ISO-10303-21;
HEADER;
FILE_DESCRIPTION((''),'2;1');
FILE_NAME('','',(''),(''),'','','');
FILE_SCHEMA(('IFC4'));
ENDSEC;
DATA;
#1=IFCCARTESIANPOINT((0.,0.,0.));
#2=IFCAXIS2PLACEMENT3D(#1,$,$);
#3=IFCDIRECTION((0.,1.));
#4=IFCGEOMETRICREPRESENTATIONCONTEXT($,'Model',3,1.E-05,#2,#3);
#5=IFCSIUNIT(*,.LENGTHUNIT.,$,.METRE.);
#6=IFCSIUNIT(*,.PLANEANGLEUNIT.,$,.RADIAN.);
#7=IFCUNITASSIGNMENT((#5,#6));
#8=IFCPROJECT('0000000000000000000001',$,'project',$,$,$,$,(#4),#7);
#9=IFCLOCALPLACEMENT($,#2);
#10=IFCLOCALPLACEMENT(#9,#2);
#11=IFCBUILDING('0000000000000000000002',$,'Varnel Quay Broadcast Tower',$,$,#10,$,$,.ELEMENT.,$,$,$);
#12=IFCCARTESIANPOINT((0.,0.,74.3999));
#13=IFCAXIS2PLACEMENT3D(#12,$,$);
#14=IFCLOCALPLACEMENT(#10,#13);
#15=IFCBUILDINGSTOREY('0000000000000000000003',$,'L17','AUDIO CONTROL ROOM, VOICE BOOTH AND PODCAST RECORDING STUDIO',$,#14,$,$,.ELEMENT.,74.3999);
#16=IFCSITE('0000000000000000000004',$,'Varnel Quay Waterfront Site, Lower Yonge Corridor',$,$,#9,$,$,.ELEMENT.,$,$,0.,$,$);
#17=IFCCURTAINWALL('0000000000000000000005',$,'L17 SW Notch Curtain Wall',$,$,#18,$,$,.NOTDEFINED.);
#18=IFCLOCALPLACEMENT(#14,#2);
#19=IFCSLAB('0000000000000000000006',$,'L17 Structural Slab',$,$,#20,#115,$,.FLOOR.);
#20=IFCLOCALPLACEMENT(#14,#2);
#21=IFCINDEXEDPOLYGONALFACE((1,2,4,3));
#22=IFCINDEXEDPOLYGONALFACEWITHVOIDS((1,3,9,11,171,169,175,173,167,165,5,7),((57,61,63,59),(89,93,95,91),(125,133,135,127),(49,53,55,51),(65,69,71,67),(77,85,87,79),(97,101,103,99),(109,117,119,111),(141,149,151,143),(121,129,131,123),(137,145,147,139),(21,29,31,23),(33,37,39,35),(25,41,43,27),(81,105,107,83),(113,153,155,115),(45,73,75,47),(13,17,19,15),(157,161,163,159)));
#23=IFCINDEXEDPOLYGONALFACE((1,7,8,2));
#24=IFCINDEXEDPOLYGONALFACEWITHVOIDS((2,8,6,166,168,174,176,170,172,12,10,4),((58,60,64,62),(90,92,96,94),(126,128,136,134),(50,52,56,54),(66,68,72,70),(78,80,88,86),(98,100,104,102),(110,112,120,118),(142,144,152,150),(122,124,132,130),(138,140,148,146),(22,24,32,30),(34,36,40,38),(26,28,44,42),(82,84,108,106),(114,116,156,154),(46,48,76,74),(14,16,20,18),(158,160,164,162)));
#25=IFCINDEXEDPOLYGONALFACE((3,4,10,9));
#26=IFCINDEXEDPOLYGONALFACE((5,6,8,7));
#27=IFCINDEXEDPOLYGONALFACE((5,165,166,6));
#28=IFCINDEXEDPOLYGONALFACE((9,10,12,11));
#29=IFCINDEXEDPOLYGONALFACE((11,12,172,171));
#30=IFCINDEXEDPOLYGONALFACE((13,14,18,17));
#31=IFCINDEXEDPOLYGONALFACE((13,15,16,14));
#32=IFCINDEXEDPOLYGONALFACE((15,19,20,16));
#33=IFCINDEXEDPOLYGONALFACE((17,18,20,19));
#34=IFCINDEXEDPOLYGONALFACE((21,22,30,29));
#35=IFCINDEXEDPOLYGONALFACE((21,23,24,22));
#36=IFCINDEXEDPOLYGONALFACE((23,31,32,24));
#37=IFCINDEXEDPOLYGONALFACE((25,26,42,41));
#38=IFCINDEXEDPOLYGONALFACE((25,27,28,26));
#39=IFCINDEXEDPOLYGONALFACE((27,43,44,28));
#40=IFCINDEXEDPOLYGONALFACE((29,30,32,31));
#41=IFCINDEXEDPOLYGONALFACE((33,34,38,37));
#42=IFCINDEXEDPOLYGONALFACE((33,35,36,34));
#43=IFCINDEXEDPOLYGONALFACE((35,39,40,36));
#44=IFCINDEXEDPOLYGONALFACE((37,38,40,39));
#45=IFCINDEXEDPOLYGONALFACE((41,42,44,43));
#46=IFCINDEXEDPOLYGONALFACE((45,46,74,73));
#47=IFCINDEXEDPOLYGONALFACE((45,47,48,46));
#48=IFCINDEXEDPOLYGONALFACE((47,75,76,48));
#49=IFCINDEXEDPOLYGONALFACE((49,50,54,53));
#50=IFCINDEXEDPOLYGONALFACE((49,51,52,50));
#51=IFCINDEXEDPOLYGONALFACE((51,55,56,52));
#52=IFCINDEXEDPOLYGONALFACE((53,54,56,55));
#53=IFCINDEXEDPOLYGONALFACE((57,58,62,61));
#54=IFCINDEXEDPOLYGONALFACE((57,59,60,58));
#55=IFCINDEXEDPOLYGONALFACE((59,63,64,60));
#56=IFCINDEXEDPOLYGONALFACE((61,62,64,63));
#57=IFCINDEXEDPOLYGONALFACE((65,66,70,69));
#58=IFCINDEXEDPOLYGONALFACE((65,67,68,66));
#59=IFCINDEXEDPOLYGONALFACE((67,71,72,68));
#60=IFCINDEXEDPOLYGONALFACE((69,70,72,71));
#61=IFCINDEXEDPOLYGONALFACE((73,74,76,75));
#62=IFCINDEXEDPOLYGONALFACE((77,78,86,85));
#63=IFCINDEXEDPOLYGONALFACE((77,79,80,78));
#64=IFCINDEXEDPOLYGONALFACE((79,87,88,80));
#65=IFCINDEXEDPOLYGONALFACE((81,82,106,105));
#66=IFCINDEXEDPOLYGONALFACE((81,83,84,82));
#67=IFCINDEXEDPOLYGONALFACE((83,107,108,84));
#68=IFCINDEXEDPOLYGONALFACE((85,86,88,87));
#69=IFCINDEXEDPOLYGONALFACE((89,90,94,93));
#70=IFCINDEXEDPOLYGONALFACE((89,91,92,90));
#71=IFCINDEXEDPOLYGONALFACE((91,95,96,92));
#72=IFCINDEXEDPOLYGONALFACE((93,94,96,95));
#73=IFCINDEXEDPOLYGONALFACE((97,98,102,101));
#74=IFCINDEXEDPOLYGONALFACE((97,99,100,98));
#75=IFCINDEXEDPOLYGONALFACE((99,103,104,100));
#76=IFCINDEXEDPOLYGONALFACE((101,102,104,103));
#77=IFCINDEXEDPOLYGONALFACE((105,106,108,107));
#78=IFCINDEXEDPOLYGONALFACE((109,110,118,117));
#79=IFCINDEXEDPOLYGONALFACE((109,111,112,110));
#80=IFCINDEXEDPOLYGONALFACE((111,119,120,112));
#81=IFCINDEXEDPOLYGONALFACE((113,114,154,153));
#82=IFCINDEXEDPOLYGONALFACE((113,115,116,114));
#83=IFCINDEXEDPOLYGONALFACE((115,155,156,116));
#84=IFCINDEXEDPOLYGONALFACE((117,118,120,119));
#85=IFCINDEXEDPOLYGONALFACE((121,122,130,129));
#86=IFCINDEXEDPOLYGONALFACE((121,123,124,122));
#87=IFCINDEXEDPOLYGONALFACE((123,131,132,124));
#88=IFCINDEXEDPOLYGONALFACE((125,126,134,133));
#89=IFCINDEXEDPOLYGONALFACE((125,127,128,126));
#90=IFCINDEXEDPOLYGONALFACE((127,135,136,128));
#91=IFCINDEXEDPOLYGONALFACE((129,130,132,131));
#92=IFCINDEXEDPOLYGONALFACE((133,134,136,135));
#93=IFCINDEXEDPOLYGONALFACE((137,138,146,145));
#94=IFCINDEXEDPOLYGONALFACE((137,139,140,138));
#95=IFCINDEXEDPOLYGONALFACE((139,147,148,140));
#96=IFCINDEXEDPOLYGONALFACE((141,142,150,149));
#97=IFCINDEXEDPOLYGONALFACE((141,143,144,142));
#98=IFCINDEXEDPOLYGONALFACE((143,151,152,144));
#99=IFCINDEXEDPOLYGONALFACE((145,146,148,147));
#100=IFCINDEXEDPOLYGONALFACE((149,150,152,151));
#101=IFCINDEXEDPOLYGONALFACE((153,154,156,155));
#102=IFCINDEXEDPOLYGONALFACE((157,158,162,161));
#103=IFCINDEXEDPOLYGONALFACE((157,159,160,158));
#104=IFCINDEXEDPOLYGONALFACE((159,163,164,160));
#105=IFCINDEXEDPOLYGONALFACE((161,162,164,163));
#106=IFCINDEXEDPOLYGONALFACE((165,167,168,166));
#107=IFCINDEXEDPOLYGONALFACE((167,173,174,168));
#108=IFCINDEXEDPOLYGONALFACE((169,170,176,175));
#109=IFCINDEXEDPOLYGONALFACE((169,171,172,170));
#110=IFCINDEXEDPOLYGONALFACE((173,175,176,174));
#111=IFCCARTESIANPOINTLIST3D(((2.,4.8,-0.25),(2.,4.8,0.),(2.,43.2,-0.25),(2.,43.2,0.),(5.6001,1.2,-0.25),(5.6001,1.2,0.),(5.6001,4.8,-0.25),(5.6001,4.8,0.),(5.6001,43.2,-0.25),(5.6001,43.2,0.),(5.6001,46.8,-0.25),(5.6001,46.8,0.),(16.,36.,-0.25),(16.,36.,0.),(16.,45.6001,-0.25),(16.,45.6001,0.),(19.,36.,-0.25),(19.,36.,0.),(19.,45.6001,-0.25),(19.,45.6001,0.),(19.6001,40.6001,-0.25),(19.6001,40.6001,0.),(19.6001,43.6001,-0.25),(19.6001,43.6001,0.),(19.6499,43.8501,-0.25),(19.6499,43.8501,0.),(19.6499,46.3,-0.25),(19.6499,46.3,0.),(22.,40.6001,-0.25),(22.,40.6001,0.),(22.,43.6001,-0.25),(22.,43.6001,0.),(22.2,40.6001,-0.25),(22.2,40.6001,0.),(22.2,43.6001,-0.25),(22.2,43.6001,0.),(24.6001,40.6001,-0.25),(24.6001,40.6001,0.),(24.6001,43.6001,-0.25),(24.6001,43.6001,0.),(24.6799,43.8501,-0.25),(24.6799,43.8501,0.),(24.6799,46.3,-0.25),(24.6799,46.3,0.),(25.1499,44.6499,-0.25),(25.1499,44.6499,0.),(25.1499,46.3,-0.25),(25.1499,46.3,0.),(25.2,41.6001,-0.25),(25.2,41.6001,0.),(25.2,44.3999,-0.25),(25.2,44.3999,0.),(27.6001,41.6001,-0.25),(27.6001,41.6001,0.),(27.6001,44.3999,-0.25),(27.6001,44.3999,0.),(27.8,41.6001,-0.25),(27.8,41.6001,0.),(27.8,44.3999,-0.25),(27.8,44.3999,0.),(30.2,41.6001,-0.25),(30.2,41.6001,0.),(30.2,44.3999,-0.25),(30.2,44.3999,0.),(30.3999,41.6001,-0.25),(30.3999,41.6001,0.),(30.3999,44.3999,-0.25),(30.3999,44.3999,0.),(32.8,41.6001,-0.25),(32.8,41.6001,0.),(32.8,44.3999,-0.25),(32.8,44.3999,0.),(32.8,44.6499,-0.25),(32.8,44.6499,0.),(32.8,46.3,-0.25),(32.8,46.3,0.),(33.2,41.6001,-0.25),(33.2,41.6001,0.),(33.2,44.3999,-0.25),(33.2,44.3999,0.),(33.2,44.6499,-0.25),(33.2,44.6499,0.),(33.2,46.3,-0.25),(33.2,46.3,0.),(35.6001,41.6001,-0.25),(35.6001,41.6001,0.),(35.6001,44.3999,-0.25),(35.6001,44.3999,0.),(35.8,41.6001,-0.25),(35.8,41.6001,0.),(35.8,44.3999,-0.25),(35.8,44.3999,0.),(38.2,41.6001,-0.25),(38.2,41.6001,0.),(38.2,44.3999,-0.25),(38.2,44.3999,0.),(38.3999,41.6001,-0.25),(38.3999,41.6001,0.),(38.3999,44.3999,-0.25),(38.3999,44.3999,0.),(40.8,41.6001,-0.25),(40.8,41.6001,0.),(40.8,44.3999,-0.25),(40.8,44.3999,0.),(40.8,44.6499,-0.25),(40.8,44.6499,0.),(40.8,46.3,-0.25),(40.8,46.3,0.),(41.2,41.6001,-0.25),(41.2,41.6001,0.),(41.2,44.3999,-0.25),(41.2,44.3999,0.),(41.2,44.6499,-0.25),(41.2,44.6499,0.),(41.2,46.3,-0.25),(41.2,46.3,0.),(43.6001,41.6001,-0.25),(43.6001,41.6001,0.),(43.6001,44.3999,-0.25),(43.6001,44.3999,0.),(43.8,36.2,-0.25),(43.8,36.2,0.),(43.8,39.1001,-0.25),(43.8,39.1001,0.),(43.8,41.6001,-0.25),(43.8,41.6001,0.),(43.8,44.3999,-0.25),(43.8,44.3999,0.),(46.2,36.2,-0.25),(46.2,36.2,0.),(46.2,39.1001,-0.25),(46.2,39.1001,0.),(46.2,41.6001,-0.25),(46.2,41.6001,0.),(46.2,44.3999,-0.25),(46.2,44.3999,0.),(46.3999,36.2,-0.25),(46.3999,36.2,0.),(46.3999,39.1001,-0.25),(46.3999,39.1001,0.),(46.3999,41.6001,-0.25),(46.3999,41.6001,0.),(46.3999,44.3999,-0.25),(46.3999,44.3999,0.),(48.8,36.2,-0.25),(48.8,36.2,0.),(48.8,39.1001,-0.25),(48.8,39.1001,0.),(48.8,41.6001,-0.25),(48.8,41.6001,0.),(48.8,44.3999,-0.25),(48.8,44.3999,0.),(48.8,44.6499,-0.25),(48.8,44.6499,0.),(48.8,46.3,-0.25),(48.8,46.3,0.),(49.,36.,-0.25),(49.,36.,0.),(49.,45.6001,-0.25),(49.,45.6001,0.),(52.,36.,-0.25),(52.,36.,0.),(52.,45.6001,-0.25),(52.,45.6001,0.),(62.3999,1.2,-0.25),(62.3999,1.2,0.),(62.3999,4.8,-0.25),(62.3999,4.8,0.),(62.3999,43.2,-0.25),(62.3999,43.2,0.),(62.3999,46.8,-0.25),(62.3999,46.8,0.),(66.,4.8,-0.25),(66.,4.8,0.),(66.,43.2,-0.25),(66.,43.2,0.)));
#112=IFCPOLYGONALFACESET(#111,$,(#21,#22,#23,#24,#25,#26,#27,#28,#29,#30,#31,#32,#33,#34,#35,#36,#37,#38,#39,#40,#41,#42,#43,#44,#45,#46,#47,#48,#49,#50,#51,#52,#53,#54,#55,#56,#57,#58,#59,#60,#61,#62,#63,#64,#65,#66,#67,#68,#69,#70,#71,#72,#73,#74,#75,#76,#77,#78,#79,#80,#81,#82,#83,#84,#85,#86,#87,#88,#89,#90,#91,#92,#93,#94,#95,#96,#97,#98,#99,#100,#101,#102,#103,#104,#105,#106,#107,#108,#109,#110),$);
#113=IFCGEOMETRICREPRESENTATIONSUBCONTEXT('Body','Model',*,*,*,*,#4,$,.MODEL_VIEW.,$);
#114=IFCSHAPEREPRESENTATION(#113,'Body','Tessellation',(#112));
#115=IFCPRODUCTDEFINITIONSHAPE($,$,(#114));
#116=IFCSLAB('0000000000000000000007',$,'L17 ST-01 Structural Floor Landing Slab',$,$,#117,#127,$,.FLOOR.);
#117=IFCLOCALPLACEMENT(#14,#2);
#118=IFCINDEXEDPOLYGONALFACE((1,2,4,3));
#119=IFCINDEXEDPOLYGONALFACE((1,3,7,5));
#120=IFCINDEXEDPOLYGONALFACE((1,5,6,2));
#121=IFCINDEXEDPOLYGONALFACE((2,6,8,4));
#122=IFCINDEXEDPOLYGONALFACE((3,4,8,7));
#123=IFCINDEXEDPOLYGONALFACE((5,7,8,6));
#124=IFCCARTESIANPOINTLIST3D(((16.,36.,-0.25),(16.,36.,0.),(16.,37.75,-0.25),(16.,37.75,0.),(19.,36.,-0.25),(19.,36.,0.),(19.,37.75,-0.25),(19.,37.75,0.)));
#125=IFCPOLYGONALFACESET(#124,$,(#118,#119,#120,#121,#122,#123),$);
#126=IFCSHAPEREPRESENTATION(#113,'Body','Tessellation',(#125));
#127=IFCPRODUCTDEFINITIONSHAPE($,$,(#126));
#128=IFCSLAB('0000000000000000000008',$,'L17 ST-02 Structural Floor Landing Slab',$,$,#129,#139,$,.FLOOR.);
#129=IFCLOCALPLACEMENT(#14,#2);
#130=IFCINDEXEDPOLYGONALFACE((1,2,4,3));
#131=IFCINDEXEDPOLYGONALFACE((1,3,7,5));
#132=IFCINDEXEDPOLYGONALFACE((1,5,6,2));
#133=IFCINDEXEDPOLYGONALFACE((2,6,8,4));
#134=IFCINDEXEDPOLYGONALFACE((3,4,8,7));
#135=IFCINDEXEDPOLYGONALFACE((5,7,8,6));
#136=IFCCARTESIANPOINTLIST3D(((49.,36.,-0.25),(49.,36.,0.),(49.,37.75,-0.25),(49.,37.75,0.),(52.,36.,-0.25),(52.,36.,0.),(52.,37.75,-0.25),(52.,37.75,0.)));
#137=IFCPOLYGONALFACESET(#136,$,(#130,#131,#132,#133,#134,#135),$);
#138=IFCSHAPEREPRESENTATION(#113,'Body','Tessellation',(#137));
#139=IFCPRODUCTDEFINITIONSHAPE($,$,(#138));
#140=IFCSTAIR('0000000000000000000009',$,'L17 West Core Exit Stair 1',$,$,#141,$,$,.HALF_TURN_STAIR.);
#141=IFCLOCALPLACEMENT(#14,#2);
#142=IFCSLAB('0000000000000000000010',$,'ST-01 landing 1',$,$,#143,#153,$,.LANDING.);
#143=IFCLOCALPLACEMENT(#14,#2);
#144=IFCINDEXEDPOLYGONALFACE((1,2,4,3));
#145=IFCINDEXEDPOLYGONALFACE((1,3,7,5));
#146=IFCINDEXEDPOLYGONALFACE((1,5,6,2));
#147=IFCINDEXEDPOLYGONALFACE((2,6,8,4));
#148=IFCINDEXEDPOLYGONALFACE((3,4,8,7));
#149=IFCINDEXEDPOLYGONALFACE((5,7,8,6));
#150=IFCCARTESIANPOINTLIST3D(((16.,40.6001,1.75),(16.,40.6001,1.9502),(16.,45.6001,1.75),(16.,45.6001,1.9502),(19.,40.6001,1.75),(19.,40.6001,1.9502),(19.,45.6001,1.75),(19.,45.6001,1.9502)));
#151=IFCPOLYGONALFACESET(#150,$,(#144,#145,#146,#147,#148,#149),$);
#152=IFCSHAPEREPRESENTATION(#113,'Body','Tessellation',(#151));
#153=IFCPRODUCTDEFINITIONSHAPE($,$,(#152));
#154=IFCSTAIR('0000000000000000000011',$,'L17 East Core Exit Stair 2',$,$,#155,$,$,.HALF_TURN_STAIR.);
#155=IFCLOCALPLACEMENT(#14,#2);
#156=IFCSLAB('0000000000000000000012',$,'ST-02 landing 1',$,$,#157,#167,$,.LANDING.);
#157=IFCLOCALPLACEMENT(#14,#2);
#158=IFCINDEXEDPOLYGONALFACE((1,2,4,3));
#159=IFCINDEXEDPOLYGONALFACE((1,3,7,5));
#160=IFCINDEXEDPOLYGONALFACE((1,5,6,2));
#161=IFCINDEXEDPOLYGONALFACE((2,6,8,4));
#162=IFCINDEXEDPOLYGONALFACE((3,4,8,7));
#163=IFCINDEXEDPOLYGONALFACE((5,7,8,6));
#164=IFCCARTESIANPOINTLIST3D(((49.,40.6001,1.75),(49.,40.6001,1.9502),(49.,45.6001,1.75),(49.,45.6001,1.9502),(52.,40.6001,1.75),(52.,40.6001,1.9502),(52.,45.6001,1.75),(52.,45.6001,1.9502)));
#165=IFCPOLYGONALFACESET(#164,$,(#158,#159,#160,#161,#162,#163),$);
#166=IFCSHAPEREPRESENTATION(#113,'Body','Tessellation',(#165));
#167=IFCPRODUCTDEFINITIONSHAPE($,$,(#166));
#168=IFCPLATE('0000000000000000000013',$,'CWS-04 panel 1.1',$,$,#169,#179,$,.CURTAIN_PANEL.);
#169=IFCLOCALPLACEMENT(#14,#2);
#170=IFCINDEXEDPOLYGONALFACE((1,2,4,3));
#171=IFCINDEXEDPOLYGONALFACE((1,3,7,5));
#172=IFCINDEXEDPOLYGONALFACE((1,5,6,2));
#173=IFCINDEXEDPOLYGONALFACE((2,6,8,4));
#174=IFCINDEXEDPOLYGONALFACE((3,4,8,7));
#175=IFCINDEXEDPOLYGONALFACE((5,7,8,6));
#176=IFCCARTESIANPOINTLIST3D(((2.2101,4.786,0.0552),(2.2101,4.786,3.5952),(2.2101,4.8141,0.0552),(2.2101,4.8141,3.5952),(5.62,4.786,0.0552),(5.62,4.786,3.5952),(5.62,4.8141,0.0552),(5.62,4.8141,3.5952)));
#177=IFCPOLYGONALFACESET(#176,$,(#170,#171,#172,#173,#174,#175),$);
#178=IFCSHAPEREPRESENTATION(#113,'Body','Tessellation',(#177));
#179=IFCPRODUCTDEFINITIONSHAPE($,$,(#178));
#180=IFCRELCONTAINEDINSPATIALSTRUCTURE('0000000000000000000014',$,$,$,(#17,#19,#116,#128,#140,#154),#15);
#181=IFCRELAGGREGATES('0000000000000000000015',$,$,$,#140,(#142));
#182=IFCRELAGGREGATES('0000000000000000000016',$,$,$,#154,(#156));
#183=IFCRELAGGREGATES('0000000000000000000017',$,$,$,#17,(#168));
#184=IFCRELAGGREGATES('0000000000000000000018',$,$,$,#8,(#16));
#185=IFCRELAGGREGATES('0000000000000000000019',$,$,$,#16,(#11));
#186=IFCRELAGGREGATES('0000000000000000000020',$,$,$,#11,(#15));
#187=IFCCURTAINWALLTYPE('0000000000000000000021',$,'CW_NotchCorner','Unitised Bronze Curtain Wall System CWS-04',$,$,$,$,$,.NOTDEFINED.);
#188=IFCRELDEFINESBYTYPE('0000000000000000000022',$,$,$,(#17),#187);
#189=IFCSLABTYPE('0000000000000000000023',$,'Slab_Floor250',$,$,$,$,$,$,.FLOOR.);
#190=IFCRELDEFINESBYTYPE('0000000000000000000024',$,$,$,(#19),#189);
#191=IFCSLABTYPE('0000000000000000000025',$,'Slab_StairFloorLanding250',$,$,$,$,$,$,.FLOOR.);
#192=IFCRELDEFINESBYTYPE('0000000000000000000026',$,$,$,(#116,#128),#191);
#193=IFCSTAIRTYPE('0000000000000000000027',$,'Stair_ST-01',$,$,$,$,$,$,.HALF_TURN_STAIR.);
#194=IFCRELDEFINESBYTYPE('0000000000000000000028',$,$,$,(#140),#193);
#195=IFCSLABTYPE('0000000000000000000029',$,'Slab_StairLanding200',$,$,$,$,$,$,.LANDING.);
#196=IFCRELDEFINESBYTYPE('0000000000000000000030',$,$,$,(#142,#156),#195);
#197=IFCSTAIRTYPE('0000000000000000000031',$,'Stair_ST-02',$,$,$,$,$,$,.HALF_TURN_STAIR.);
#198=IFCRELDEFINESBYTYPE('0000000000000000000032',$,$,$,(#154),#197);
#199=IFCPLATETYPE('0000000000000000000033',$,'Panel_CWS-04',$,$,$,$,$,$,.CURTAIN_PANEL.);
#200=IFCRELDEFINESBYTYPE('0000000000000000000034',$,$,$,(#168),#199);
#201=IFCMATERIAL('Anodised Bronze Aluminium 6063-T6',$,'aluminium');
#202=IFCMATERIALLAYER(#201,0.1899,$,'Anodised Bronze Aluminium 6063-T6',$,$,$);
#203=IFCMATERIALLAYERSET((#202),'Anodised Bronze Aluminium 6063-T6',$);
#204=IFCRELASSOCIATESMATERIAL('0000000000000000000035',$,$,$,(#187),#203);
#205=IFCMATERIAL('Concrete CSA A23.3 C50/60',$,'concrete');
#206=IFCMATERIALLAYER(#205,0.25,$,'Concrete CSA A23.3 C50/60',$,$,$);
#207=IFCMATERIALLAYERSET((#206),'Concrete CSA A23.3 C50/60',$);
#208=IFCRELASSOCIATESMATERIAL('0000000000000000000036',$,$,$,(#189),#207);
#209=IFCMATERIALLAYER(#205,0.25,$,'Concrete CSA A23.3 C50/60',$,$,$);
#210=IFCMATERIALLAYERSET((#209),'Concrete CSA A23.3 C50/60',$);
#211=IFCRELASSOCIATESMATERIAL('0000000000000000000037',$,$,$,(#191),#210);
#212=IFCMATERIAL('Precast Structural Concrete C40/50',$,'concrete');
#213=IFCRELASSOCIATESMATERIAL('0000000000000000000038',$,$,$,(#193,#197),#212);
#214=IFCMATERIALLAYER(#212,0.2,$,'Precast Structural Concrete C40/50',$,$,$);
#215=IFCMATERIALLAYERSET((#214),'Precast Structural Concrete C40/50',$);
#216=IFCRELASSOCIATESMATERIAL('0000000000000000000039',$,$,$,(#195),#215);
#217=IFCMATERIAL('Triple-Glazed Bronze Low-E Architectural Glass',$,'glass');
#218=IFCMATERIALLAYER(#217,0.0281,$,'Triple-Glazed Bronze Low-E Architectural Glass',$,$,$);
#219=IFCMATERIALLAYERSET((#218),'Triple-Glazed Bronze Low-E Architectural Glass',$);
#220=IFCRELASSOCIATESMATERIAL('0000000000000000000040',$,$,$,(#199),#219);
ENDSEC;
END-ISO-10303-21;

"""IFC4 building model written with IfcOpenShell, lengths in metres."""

from ifc_helpers import new_model, si_unit, direction, frame, origin, origin_2d, place, context, subcontext, project, spatial, polyline, rectangle, outline, extrude, source, transform, mapped, material, layer, layer_set, type_object, type_shapes, element, aggregate, save


model = new_model("IFC4")

# Units and contexts
model_context = context("Model", 3, precision=1e-05, world=origin(), true_north=direction((0.0, 1.0)))
body_context = subcontext(model_context, "Body", "Model", "MODEL_VIEW")
ifc_project = project(units=[si_unit("LENGTHUNIT", "METRE"), si_unit("PLANEANGLEUNIT", "RADIAN")], contexts=[model_context])

# Site, building, storey
site_placement = place(None, origin())
site = spatial("IfcSite", under=ifc_project, at=site_placement, Name="Varnel Quay Waterfront Site, Lower Yonge Corridor", CompositionType="ELEMENT", RefElevation=0.0)
building_placement = place(site_placement, origin())
building = spatial("IfcBuilding", under=site, at=building_placement, Name="Varnel Quay Broadcast Tower", CompositionType="ELEMENT")
storey_placement = place(building_placement, frame((0.0, 0.0, 74.3999)))
storey = spatial("IfcBuildingStorey", under=building, at=storey_placement, Name="L17", Description="AUDIO CONTROL ROOM, VOICE BOOTH AND PODCAST RECORDING STUDIO", CompositionType="ELEMENT", Elevation=74.3999)

# Curtain wall
ifc_material_1 = material(Name="Anodised Bronze Aluminium 6063-T6", Category="aluminium")
ifc_layer_1 = layer(ifc_material_1, 0.1899, Name="Anodised Bronze Aluminium 6063-T6")
ifc_layer_set_1 = layer_set([ifc_layer_1], Name="Anodised Bronze Aluminium 6063-T6")
curtain_wall_type_1 = type_object("IfcCurtainWallType", Name="CW_NotchCorner", Description="Unitised Bronze Curtain Wall System CWS-04", PredefinedType="NOTDEFINED", material=ifc_layer_set_1)
curtain_wall_1_placement = place(storey_placement, origin())
curtain_wall_1 = element("IfcCurtainWall", 1, at=curtain_wall_1_placement, inside=storey, type_object=curtain_wall_type_1, Name="L17 SW Notch Curtain Wall", PredefinedType="NOTDEFINED")

# Slabs
ifc_material_2 = material(Name="Concrete CSA A23.3 C50/60", Category="concrete")
ifc_layer_2 = layer(ifc_material_2, 0.25, Name="Concrete CSA A23.3 C50/60")
ifc_layer_set_2 = layer_set([ifc_layer_2], Name="Concrete CSA A23.3 C50/60")
slab_type_1 = type_object("IfcSlabType", Name="Slab_Floor250", PredefinedType="FLOOR", material=ifc_layer_set_2)
slab_1_placement = place(storey_placement, frame((0.0, 0.0, -0.25)))
element("IfcSlab", 2, at=slab_1_placement, inside=storey, type_object=slab_type_1, Name="L17 Structural Slab", PredefinedType="FLOOR", context=body_context, shape_type="SweptSolid", body=[
    extrude(outline(polyline([(5.6001, 1.2), (62.3999, 1.2), (62.3999, 4.8), (66.0, 4.8), (66.0, 43.2), (62.3999, 43.2), (62.3999, 46.8), (5.6001, 46.8), (5.6001, 43.2), (2.0, 43.2), (2.0, 4.8), (5.6001, 4.8), (5.6001, 1.2)]), holes=[polyline([(16.0, 36.0), (16.0, 45.6001), (19.0, 45.6001), (19.0, 36.0), (16.0, 36.0)]), polyline([(19.6001, 43.6001), (22.0, 43.6001), (22.0, 40.6001), (19.6001, 40.6001), (19.6001, 43.6001)]), polyline([(22.2, 43.6001), (24.6001, 43.6001), (24.6001, 40.6001), (22.2, 40.6001), (22.2, 43.6001)]), polyline([(25.2, 44.3999), (27.6001, 44.3999), (27.6001, 41.6001), (25.2, 41.6001), (25.2, 44.3999)]), polyline([(27.8, 44.3999), (30.2, 44.3999), (30.2, 41.6001), (27.8, 41.6001), (27.8, 44.3999)]), polyline([(30.3999, 44.3999), (32.8, 44.3999), (32.8, 41.6001), (30.3999, 41.6001), (30.3999, 44.3999)]), polyline([(33.2, 44.3999), (35.6001, 44.3999), (35.6001, 41.6001), (33.2, 41.6001), (33.2, 44.3999)]), polyline([(38.2, 44.3999), (38.2, 41.6001), (35.8, 41.6001), (35.8, 44.3999), (38.2, 44.3999)]), polyline([(24.6799, 46.3), (24.6799, 43.8501), (19.6499, 43.8501), (19.6499, 46.3), (24.6799, 46.3)]), polyline([(25.1499, 46.3), (32.8, 46.3), (32.8, 44.6499), (25.1499, 44.6499), (25.1499, 46.3)]), polyline([(43.8, 39.1001), (46.2, 39.1001), (46.2, 36.2), (43.8, 36.2), (43.8, 39.1001)]), polyline([(46.3999, 39.1001), (48.8, 39.1001), (48.8, 36.2), (46.3999, 36.2), (46.3999, 39.1001)]), polyline([(49.0, 45.6001), (52.0, 45.6001), (52.0, 36.0), (49.0, 36.0), (49.0, 45.6001)]), polyline([(40.8, 44.3999), (40.8, 41.6001), (38.3999, 41.6001), (38.3999, 44.3999), (40.8, 44.3999)]), polyline([(41.2, 44.3999), (43.6001, 44.3999), (43.6001, 41.6001), (41.2, 41.6001), (41.2, 44.3999)]), polyline([(43.8, 44.3999), (46.2, 44.3999), (46.2, 41.6001), (43.8, 41.6001), (43.8, 44.3999)]), polyline([(46.3999, 44.3999), (48.8, 44.3999), (48.8, 41.6001), (46.3999, 41.6001), (46.3999, 44.3999)]), polyline([(40.8, 46.3), (40.8, 44.6499), (33.2, 44.6499), (33.2, 46.3), (40.8, 46.3)]), polyline([(48.8, 46.3), (48.8, 44.6499), (41.2, 44.6499), (41.2, 46.3), (48.8, 46.3)])]), origin(), (0.0, 0.0, 1.0), 0.25),
])
ifc_layer_3 = layer(ifc_material_2, 0.25, Name="Concrete CSA A23.3 C50/60")
ifc_layer_set_3 = layer_set([ifc_layer_3], Name="Concrete CSA A23.3 C50/60")
slab_type_2 = type_object("IfcSlabType", Name="Slab_StairFloorLanding250", PredefinedType="FLOOR", material=ifc_layer_set_3)
slab_2_placement = place(storey_placement, frame((0.0, 0.0, -0.25)))
element("IfcSlab", 3, at=slab_2_placement, inside=storey, type_object=slab_type_2, Name="L17 ST-01 Structural Floor Landing Slab", PredefinedType="FLOOR", context=body_context, shape_type="SweptSolid", body=[
    extrude(outline(polyline([(19.0, 36.0), (19.0, 37.75), (16.0, 37.75), (16.0, 36.0), (19.0, 36.0)])), origin(), (0.0, 0.0, 1.0), 0.25),
])
slab_3_placement = place(storey_placement, frame((0.0, 0.0, -0.25)))
element("IfcSlab", 4, at=slab_3_placement, inside=storey, type_object=slab_type_2, Name="L17 ST-02 Structural Floor Landing Slab", PredefinedType="FLOOR", context=body_context, shape_type="SweptSolid", body=[
    extrude(outline(polyline([(52.0, 36.0), (52.0, 37.75), (49.0, 37.75), (49.0, 36.0), (52.0, 36.0)])), origin(), (0.0, 0.0, 1.0), 0.25),
])

# Stairs, slabs
ifc_material_3 = material(Name="Precast Structural Concrete C40/50", Category="concrete")
stair_type_1 = type_object("IfcStairType", Name="Stair_ST-01", PredefinedType="HALF_TURN_STAIR", material=ifc_material_3)
stair_1_placement = place(storey_placement, origin())
stair_1 = element("IfcStair", 5, at=stair_1_placement, inside=storey, type_object=stair_type_1, Name="L17 West Core Exit Stair 1", PredefinedType="HALF_TURN_STAIR")
ifc_layer_4 = layer(ifc_material_3, 0.2, Name="Precast Structural Concrete C40/50")
ifc_layer_set_4 = layer_set([ifc_layer_4], Name="Precast Structural Concrete C40/50")
slab_type_3 = type_object("IfcSlabType", Name="Slab_StairLanding200", PredefinedType="LANDING", material=ifc_layer_set_4)
slab_4_placement = place(storey_placement, frame((0.0, 0.0, 1.75)))
slab_4 = element("IfcSlab", 6, at=slab_4_placement, type_object=slab_type_3, Name="ST-01 landing 1", PredefinedType="LANDING", context=body_context, shape_type="SweptSolid", body=[
    extrude(outline(polyline([(19.0, 40.6001), (19.0, 45.6001), (16.0, 45.6001), (16.0, 40.6001), (19.0, 40.6001)])), origin(), (0.0, 0.0, 1.0), 0.2002),
])
aggregate(stair_1, [slab_4])
stair_type_2 = type_object("IfcStairType", Name="Stair_ST-02", PredefinedType="HALF_TURN_STAIR", material=ifc_material_3)
stair_2_placement = place(storey_placement, origin())
stair_2 = element("IfcStair", 7, at=stair_2_placement, inside=storey, type_object=stair_type_2, Name="L17 East Core Exit Stair 2", PredefinedType="HALF_TURN_STAIR")
slab_5_placement = place(storey_placement, frame((0.0, 0.0, 1.75)))
slab_5 = element("IfcSlab", 8, at=slab_5_placement, type_object=slab_type_3, Name="ST-02 landing 1", PredefinedType="LANDING", context=body_context, shape_type="SweptSolid", body=[
    extrude(outline(polyline([(52.0, 40.6001), (52.0, 45.6001), (49.0, 45.6001), (49.0, 40.6001), (52.0, 40.6001)])), origin(), (0.0, 0.0, 1.0), 0.2002),
])
aggregate(stair_2, [slab_5])

# Plate
ifc_material_4 = material(Name="Triple-Glazed Bronze Low-E Architectural Glass", Category="glass")
ifc_layer_5 = layer(ifc_material_4, 0.0281, Name="Triple-Glazed Bronze Low-E Architectural Glass")
ifc_layer_set_5 = layer_set([ifc_layer_5], Name="Triple-Glazed Bronze Low-E Architectural Glass")
plate_type_1 = type_object("IfcPlateType", Name="Panel_CWS-04", PredefinedType="CURTAIN_PANEL", material=ifc_layer_set_5)
shared_shape_1 = source(origin(), body_context, "Body", "SweptSolid", [
    extrude(rectangle(XDim=3.4099, YDim=0.0281, at=origin_2d()), origin(), (0.0, 0.0, 1.0), 3.54),
])
type_shapes(plate_type_1, [shared_shape_1])
plate_1_placement = place(storey_placement, frame((3.915, 4.8, 0.0552), z_axis=(0.0, 0.0, 1.0), x_axis=(1.0, 0.0, 0.0)))
plate_1 = element("IfcPlate", 9, at=plate_1_placement, type_object=plate_type_1, Name="CWS-04 panel 1.1", PredefinedType="CURTAIN_PANEL", context=body_context, shape_type="MappedRepresentation", body=[
    mapped(shared_shape_1, transform((0.0, 0.0, 0.0), x_axis=(1.0, 0.0, 0.0), y_axis=(0.0, 1.0, 0.0), z_axis=(0.0, 0.0, 1.0), scale=1.0)),
])
aggregate(curtain_wall_1, [plate_1])

save(model, "model.ifc")
